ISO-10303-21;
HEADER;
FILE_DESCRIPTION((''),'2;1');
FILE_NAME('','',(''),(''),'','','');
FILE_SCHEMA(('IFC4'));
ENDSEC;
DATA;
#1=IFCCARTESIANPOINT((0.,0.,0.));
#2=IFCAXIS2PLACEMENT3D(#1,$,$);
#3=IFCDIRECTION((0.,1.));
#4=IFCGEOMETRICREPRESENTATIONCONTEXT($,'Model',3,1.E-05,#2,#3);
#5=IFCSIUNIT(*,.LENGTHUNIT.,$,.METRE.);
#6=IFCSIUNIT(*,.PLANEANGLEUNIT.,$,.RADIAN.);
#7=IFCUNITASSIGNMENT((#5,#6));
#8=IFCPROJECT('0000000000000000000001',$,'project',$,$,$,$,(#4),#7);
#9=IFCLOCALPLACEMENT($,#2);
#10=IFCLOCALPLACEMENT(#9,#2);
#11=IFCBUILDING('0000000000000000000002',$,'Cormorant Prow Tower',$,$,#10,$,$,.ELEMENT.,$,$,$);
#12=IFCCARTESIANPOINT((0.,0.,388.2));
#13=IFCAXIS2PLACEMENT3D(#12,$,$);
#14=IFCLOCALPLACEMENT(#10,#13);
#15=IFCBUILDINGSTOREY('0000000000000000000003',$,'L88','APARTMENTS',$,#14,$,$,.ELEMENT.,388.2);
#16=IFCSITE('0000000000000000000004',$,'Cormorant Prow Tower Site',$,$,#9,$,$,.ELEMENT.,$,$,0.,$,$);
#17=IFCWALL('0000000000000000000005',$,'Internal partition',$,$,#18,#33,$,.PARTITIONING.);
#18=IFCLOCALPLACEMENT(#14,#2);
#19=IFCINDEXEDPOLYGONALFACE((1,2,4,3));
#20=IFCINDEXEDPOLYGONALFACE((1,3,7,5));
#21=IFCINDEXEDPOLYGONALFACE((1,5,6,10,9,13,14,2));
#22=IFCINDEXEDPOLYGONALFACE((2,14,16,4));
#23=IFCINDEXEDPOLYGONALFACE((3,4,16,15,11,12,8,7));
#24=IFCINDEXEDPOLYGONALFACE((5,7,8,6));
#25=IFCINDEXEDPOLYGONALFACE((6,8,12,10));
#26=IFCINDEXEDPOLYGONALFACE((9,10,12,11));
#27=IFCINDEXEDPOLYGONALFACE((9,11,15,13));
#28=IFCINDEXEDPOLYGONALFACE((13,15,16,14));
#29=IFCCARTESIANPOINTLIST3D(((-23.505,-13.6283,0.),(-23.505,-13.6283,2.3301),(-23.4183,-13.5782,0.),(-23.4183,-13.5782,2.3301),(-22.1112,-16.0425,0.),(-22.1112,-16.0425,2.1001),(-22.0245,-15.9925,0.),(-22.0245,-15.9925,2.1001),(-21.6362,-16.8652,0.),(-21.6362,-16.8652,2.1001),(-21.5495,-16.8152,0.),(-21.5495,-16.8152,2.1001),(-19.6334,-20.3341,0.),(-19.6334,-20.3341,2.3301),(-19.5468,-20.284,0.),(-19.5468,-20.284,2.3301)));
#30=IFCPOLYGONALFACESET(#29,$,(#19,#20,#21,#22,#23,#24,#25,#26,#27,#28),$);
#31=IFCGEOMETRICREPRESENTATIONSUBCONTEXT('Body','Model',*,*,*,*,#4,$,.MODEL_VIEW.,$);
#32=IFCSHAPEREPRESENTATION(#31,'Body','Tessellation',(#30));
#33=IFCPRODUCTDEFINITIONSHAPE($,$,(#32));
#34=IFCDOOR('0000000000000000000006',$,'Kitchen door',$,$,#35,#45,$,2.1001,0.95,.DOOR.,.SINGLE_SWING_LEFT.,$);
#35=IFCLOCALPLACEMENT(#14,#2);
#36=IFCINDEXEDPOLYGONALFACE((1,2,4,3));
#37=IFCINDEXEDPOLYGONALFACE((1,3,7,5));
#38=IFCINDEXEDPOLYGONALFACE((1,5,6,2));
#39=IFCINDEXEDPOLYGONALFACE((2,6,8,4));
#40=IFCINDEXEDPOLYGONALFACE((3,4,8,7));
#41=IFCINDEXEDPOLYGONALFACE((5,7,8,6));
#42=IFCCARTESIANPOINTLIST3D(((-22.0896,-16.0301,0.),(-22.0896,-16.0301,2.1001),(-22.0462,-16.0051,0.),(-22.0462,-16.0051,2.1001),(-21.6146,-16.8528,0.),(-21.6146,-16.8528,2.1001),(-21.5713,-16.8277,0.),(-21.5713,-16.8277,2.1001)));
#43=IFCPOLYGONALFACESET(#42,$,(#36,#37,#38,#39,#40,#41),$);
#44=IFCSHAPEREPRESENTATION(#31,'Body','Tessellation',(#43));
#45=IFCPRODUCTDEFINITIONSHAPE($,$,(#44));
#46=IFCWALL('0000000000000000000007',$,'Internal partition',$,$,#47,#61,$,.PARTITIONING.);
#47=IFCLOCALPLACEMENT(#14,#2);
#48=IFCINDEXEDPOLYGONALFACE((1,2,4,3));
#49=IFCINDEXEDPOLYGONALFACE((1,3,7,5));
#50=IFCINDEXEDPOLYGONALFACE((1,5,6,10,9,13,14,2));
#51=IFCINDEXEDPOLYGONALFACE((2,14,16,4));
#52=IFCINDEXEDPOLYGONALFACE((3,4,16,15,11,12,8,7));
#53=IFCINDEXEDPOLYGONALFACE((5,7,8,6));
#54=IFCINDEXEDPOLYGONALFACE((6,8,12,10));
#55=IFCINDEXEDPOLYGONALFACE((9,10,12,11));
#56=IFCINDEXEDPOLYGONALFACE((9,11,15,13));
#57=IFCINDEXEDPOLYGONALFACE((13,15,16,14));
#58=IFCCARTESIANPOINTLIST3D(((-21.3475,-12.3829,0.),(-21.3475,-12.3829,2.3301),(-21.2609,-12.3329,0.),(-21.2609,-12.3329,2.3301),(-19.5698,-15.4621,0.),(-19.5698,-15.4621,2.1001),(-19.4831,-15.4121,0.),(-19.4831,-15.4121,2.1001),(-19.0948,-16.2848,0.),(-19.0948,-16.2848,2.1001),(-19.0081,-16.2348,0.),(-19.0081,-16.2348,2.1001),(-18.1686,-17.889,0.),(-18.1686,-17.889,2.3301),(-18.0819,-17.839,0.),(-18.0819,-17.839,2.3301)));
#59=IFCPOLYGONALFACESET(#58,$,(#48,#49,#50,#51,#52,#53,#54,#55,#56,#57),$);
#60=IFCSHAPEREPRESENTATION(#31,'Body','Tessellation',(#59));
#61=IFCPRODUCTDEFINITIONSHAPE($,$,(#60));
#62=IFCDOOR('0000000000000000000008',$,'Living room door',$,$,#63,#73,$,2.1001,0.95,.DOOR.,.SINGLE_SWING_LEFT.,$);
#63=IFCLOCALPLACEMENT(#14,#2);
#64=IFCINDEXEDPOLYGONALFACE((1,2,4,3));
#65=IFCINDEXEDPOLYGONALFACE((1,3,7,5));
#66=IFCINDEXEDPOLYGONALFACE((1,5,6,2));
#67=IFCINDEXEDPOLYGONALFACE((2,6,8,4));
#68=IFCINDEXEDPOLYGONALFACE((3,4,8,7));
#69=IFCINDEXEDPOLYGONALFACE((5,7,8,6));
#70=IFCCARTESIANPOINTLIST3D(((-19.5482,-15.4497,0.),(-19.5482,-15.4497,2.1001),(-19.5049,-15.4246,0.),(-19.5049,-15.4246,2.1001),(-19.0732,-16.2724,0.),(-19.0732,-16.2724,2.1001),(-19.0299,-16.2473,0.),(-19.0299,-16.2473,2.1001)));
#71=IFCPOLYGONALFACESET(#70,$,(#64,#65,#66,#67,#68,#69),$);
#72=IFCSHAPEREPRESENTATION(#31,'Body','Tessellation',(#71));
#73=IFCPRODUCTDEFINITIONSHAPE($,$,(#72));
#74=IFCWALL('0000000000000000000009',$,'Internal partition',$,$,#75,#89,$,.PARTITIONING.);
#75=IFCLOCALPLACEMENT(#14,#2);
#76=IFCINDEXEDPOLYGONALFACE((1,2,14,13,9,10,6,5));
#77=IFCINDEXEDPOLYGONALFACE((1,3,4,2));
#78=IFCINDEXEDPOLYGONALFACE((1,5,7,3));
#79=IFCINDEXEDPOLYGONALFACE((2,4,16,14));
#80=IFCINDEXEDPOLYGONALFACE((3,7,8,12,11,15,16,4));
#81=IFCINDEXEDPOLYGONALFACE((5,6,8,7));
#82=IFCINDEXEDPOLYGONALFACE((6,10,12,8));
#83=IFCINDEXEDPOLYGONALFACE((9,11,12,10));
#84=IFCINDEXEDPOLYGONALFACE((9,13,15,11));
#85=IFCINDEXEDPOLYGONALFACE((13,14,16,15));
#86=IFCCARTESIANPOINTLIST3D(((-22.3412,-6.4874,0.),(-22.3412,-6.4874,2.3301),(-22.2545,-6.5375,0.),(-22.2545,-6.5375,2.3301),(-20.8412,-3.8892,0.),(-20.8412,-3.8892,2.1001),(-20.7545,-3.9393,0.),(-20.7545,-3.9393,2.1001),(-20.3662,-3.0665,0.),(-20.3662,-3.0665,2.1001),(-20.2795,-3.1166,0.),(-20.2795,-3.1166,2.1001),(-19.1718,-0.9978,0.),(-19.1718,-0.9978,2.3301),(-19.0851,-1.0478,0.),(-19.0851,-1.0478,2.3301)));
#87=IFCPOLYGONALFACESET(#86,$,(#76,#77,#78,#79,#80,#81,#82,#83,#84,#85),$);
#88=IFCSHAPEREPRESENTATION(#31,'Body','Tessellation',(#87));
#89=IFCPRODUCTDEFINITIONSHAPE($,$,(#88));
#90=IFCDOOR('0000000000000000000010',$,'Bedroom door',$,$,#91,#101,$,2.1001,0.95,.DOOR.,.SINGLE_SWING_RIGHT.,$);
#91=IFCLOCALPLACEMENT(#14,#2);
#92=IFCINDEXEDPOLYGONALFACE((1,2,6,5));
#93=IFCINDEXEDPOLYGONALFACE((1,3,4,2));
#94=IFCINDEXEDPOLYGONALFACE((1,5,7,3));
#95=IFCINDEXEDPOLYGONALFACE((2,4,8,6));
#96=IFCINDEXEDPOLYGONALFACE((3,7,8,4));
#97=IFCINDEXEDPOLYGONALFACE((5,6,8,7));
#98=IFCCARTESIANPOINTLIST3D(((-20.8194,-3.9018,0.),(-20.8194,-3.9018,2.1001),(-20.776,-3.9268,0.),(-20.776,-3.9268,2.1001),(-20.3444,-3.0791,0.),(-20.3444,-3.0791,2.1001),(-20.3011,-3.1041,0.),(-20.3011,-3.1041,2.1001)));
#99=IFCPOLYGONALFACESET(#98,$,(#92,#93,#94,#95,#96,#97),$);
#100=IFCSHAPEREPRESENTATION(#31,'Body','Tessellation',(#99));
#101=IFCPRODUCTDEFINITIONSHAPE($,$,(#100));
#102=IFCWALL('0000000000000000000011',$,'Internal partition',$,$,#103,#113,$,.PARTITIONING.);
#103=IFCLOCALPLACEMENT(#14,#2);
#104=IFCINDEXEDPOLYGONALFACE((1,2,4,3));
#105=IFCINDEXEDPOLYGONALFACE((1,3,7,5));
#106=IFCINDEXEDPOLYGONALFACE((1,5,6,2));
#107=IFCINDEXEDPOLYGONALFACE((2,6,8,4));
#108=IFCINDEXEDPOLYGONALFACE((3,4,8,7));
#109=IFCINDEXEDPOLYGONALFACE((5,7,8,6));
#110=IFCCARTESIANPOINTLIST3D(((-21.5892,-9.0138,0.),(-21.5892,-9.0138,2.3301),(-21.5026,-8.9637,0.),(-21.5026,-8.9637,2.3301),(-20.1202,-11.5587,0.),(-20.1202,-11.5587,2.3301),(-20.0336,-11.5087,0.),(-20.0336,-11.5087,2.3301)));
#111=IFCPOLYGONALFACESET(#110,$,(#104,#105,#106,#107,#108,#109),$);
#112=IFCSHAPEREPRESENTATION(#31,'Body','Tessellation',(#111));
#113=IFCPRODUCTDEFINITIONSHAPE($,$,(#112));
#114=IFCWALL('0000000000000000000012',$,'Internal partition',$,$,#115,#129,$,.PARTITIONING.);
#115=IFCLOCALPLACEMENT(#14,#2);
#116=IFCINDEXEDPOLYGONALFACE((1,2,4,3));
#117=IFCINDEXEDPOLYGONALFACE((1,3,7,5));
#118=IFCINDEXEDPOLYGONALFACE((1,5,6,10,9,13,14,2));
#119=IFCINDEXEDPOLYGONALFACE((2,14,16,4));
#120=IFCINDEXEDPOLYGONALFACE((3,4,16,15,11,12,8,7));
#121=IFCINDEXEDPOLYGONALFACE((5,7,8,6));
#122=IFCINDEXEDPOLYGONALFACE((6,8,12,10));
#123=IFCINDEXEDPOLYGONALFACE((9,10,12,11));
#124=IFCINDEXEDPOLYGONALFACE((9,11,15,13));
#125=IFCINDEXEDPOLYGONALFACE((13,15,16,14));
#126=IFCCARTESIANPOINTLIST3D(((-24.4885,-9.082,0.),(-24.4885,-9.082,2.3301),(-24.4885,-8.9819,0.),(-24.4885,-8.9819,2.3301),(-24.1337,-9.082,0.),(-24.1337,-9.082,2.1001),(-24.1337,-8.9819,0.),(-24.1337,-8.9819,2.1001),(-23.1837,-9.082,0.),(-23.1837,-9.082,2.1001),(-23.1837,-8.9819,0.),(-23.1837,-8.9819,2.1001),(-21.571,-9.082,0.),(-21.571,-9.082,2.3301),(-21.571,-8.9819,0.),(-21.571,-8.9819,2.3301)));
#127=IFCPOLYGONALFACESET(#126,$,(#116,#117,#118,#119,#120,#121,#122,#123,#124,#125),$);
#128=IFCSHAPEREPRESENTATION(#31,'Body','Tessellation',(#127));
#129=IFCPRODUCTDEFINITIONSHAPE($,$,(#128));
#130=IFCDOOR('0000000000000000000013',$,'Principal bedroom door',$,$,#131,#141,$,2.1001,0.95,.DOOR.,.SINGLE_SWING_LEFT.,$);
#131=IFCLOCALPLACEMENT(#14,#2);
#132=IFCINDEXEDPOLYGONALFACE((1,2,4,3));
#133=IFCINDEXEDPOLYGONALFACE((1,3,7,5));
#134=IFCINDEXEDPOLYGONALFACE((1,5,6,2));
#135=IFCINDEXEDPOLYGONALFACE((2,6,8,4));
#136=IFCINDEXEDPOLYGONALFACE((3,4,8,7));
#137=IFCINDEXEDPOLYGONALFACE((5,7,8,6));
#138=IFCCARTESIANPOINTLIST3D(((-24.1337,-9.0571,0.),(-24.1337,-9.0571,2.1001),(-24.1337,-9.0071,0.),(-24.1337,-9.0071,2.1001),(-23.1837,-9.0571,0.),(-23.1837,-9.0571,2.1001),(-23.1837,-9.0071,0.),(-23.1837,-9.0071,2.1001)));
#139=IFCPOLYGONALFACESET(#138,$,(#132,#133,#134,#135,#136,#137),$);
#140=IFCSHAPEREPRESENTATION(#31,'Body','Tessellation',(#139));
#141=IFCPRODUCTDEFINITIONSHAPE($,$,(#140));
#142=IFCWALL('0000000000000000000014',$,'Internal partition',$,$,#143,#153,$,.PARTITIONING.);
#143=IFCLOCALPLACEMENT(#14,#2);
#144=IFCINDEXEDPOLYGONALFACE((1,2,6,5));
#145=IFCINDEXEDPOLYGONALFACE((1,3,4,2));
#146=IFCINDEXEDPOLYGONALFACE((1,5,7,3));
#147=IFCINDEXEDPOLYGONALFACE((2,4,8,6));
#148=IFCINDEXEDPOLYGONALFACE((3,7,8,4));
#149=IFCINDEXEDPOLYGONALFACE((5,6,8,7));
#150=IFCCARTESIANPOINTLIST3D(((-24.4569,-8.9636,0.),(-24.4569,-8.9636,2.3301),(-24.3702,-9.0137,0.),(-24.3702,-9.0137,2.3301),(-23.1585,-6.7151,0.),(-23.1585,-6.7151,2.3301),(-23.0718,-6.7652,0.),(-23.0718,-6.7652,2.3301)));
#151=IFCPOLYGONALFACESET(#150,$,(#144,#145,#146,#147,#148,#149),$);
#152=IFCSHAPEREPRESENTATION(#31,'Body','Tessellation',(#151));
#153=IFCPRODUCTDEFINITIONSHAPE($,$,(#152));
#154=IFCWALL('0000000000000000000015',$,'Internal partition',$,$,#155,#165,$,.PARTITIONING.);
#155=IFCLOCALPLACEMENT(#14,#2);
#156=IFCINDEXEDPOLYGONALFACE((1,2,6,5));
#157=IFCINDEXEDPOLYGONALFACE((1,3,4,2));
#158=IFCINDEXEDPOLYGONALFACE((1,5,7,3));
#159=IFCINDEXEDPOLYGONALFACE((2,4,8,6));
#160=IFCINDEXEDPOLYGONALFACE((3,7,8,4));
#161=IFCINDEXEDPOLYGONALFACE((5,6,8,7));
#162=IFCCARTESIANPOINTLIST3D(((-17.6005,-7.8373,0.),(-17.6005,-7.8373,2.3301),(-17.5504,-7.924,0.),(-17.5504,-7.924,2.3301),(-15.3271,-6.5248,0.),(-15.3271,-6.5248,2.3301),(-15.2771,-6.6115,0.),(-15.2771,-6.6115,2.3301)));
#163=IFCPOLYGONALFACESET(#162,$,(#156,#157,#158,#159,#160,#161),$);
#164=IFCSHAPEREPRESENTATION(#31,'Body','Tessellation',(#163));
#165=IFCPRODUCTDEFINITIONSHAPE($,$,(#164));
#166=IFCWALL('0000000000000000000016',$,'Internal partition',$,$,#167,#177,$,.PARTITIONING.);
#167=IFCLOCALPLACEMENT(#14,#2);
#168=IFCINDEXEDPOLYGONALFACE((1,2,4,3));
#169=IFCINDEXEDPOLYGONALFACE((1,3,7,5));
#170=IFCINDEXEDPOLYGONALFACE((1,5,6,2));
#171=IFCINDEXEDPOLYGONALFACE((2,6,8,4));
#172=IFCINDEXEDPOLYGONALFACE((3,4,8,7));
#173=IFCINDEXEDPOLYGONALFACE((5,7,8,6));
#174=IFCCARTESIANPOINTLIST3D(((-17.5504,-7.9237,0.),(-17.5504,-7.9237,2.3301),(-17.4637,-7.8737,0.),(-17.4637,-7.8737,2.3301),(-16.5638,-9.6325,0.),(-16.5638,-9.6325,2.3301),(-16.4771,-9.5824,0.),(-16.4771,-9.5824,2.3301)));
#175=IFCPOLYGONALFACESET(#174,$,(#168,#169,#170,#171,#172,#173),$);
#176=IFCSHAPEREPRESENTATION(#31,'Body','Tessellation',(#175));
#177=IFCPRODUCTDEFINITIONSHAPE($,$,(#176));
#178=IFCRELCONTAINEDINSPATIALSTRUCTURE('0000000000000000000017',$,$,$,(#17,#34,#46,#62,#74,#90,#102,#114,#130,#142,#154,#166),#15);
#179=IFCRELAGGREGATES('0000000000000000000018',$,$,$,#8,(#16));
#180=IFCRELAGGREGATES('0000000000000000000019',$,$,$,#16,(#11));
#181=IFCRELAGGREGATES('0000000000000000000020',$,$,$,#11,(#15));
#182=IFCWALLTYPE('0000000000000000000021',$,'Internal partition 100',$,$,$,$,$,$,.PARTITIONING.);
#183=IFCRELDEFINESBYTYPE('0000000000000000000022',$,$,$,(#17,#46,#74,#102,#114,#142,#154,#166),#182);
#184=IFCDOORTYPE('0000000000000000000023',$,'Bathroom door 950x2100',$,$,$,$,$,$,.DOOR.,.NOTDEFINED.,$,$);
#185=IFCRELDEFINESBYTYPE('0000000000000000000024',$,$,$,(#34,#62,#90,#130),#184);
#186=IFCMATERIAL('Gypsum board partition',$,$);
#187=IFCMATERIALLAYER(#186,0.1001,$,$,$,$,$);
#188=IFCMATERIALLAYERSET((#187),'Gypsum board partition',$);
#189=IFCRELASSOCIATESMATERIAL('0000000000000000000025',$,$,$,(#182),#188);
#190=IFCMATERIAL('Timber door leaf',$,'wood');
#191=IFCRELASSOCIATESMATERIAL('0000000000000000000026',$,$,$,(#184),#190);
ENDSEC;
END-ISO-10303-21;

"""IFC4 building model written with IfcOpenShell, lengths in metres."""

from ifc_helpers import new_model, si_unit, direction, frame, frame_2d, origin, place, context, subcontext, project, spatial, rectangle, extrude, material, layer, layer_set, type_object, element, fill, save


model = new_model("IFC4")

# Units and contexts
model_context = context("Model", 3, precision=1e-05, world=origin(), true_north=direction((0.0, 1.0)))
body_context = subcontext(model_context, "Body", "Model", "MODEL_VIEW")
ifc_project = project(units=[si_unit("LENGTHUNIT", "METRE"), si_unit("PLANEANGLEUNIT", "RADIAN")], contexts=[model_context])

# Site, building, storey
site_placement = place(None, origin())
site = spatial("IfcSite", under=ifc_project, at=site_placement, Name="Cormorant Prow Tower Site", CompositionType="ELEMENT", RefElevation=0.0)
building_placement = place(site_placement, origin())
building = spatial("IfcBuilding", under=site, at=building_placement, Name="Cormorant Prow Tower", CompositionType="ELEMENT")
storey_placement = place(building_placement, frame((0.0, 0.0, 388.2)))
storey = spatial("IfcBuildingStorey", under=building, at=storey_placement, Name="L88", Description="APARTMENTS", CompositionType="ELEMENT", Elevation=388.2)

# Walls, openings, doors
ifc_material_1 = material(Name="Gypsum board partition")
ifc_layer_1 = layer(ifc_material_1, 0.1001)
ifc_layer_set_1 = layer_set([ifc_layer_1], Name="Gypsum board partition")
wall_type_1 = type_object("IfcWallType", Name="Internal partition 100", PredefinedType="PARTITIONING", material=ifc_layer_set_1)
wall_1_placement = place(storey_placement, frame((-23.4617, -13.6033, 0.0), z_axis=(0.0, 0.0, 1.0), x_axis=(0.499998, -0.866026, 0.0)))
wall_1 = element("IfcWall", 1, at=wall_1_placement, inside=storey, type_object=wall_type_1, Name="Internal partition", PredefinedType="PARTITIONING", context=body_context, shape_type="SweptSolid", body=[
    extrude(rectangle(XDim=7.7432, YDim=0.1001, at=frame_2d((3.8716, 0.0))), origin(), (0.0, 0.0, 1.0), 2.3301),
])
opening_1_placement = place(wall_1_placement, frame((2.7876, 0.0, 0.0)))
opening_1 = element("IfcOpeningElement", 2, at=opening_1_placement, cuts=wall_1, PredefinedType="OPENING", context=body_context, shape_type="SweptSolid", body=[
    extrude(rectangle(XDim=0.95, YDim=2.1001, at=frame_2d((0.4751, 1.05))), frame((0.0, 0.0601, 0.0), z_axis=(0.0, -1.0, 0.0), x_axis=(1.0, 0.0, 0.0)), (0.0, 0.0, 1.0), 0.1201),
])
ifc_material_2 = material(Name="Timber door leaf", Category="wood")
door_type_1 = type_object("IfcDoorType", Name="Bathroom door 950x2100", OperationType="NOTDEFINED", PredefinedType="DOOR", material=ifc_material_2)
door_1_placement = place(opening_1_placement, origin())
door_1 = element("IfcDoor", 3, at=door_1_placement, inside=storey, type_object=door_type_1, Name="Kitchen door", OperationType="SINGLE_SWING_LEFT", OverallHeight=2.1001, OverallWidth=0.95, PredefinedType="DOOR", context=body_context, shape_type="SweptSolid", body=[
    extrude(rectangle(XDim=0.95, YDim=2.1001, at=frame_2d((0.4751, 1.05))), frame((0.0, 0.0249, 0.0), z_axis=(0.0, -1.0, 0.0), x_axis=(1.0, 0.0, 0.0)), (0.0, 0.0, 1.0), 0.05),
])
fill(opening_1, door_1)
wall_2_placement = place(storey_placement, frame((-21.3042, -12.3579, 0.0), z_axis=(0.0, 0.0, 1.0), x_axis=(0.500001, -0.866025, 0.0)))
wall_2 = element("IfcWall", 4, at=wall_2_placement, inside=storey, type_object=wall_type_1, Name="Internal partition", PredefinedType="PARTITIONING", context=body_context, shape_type="SweptSolid", body=[
    extrude(rectangle(XDim=6.3579, YDim=0.1001, at=frame_2d((3.179, 0.0))), origin(), (0.0, 0.0, 1.0), 2.3301),
])
opening_2_placement = place(wall_2_placement, frame((3.5554, 0.0, 0.0)))
opening_2 = element("IfcOpeningElement", 5, at=opening_2_placement, cuts=wall_2, PredefinedType="OPENING", context=body_context, shape_type="SweptSolid", body=[
    extrude(rectangle(XDim=0.95, YDim=2.1001, at=frame_2d((0.4751, 1.05))), frame((0.0, 0.0601, 0.0), z_axis=(0.0, -1.0, 0.0), x_axis=(1.0, 0.0, 0.0)), (0.0, 0.0, 1.0), 0.1201),
])
door_2_placement = place(opening_2_placement, origin())
door_2 = element("IfcDoor", 6, at=door_2_placement, inside=storey, type_object=door_type_1, Name="Living room door", OperationType="SINGLE_SWING_LEFT", OverallHeight=2.1001, OverallWidth=0.95, PredefinedType="DOOR", context=body_context, shape_type="SweptSolid", body=[
    extrude(rectangle(XDim=0.95, YDim=2.1001, at=frame_2d((0.4751, 1.05))), frame((0.0, 0.0249, 0.0), z_axis=(0.0, -1.0, 0.0), x_axis=(1.0, 0.0, 0.0)), (0.0, 0.0, 1.0), 0.05),
])
fill(opening_2, door_2)
wall_3_placement = place(storey_placement, frame((-22.2979, -6.5125, 0.0), z_axis=(0.0, 0.0, 1.0), x_axis=(0.499991, 0.86603, 0.0)))
wall_3 = element("IfcWall", 7, at=wall_3_placement, inside=storey, type_object=wall_type_1, Name="Internal partition", PredefinedType="PARTITIONING", context=body_context, shape_type="SweptSolid", body=[
    extrude(rectangle(XDim=6.3389, YDim=0.1001, at=frame_2d((3.1694, 0.0))), origin(), (0.0, 0.0, 1.0), 2.3301),
])
opening_3_placement = place(wall_3_placement, frame((3.0, 0.0, 0.0)))
opening_3 = element("IfcOpeningElement", 8, at=opening_3_placement, cuts=wall_3, PredefinedType="OPENING", context=body_context, shape_type="SweptSolid", body=[
    extrude(rectangle(XDim=0.95, YDim=2.1001, at=frame_2d((0.4751, 1.05))), frame((0.0, 0.0601, 0.0), z_axis=(0.0, -1.0, 0.0), x_axis=(1.0, 0.0, 0.0)), (0.0, 0.0, 1.0), 0.1201),
])
door_3_placement = place(opening_3_placement, origin())
door_3 = element("IfcDoor", 9, at=door_3_placement, inside=storey, type_object=door_type_1, Name="Bedroom door", OperationType="SINGLE_SWING_RIGHT", OverallHeight=2.1001, OverallWidth=0.95, PredefinedType="DOOR", context=body_context, shape_type="SweptSolid", body=[
    extrude(rectangle(XDim=0.95, YDim=2.1001, at=frame_2d((0.4751, 1.05))), frame((0.0, 0.0249, 0.0), z_axis=(0.0, -1.0, 0.0), x_axis=(1.0, 0.0, 0.0)), (0.0, 0.0, 1.0), 0.05),
])
fill(opening_3, door_3)

# Wall
wall_4_placement = place(storey_placement, frame((-21.5459, -8.9888, 0.0), z_axis=(0.0, 0.0, 1.0), x_axis=(0.499919, -0.866072, 0.0)))
element("IfcWall", 10, at=wall_4_placement, inside=storey, type_object=wall_type_1, Name="Internal partition", PredefinedType="PARTITIONING", context=body_context, shape_type="SweptSolid", body=[
    extrude(rectangle(XDim=2.9385, YDim=0.1001, at=frame_2d((1.4692, 0.0))), origin(), (0.0, 0.0, 1.0), 2.3301),
])

# Wall, opening, door
wall_5_placement = place(storey_placement, frame((-24.4885, -9.032, 0.0), z_axis=(0.0, 0.0, 1.0), x_axis=(1.0, 0.0, 0.0)))
wall_5 = element("IfcWall", 11, at=wall_5_placement, inside=storey, type_object=wall_type_1, Name="Internal partition", PredefinedType="PARTITIONING", context=body_context, shape_type="SweptSolid", body=[
    extrude(rectangle(XDim=2.9175, YDim=0.1001, at=frame_2d((1.4587, 0.0))), origin(), (0.0, 0.0, 1.0), 2.3301),
])
opening_4_placement = place(wall_5_placement, frame((0.3547, 0.0, 0.0)))
opening_4 = element("IfcOpeningElement", 12, at=opening_4_placement, cuts=wall_5, PredefinedType="OPENING", context=body_context, shape_type="SweptSolid", body=[
    extrude(rectangle(XDim=0.95, YDim=2.1001, at=frame_2d((0.4751, 1.05))), frame((0.0, 0.0601, 0.0), z_axis=(0.0, -1.0, 0.0), x_axis=(1.0, 0.0, 0.0)), (0.0, 0.0, 1.0), 0.1201),
])
door_4_placement = place(opening_4_placement, origin())
door_4 = element("IfcDoor", 13, at=door_4_placement, inside=storey, type_object=door_type_1, Name="Principal bedroom door", OperationType="SINGLE_SWING_LEFT", OverallHeight=2.1001, OverallWidth=0.95, PredefinedType="DOOR", context=body_context, shape_type="SweptSolid", body=[
    extrude(rectangle(XDim=0.95, YDim=2.1001, at=frame_2d((0.4751, 1.05))), frame((0.0, 0.0249, 0.0), z_axis=(0.0, -1.0, 0.0), x_axis=(1.0, 0.0, 0.0)), (0.0, 0.0, 1.0), 0.05),
])
fill(opening_4, door_4)

# Walls
wall_6_placement = place(storey_placement, frame((-24.4136, -8.9888, 0.0), z_axis=(0.0, 0.0, 1.0), x_axis=(0.500043, 0.866001, 0.0)))
element("IfcWall", 14, at=wall_6_placement, inside=storey, type_object=wall_type_1, Name="Internal partition", PredefinedType="PARTITIONING", context=body_context, shape_type="SweptSolid", body=[
    extrude(rectangle(XDim=2.5964, YDim=0.1001, at=frame_2d((1.2983, 0.0))), origin(), (0.0, 0.0, 1.0), 2.3301),
])
wall_7_placement = place(storey_placement, frame((-17.5754, -7.8806, 0.0), z_axis=(0.0, 0.0, 1.0), x_axis=(0.866037, 0.49998, 0.0)))
element("IfcWall", 15, at=wall_7_placement, inside=storey, type_object=wall_type_1, Name="Internal partition", PredefinedType="PARTITIONING", context=body_context, shape_type="SweptSolid", body=[
    extrude(rectangle(XDim=2.625, YDim=0.1001, at=frame_2d((1.3125, 0.0))), origin(), (0.0, 0.0, 1.0), 2.3301),
])
wall_8_placement = place(storey_placement, frame((-17.5071, -7.8987, 0.0), z_axis=(0.0, 0.0, 1.0), x_axis=(0.500012, -0.866019, 0.0)))
element("IfcWall", 16, at=wall_8_placement, inside=storey, type_object=wall_type_1, Name="Internal partition", PredefinedType="PARTITIONING", context=body_context, shape_type="SweptSolid", body=[
    extrude(rectangle(XDim=1.9731, YDim=0.1001, at=frame_2d((0.9866, 0.0))), origin(), (0.0, 0.0, 1.0), 2.3301),
])

save(model, "model.ifc")
